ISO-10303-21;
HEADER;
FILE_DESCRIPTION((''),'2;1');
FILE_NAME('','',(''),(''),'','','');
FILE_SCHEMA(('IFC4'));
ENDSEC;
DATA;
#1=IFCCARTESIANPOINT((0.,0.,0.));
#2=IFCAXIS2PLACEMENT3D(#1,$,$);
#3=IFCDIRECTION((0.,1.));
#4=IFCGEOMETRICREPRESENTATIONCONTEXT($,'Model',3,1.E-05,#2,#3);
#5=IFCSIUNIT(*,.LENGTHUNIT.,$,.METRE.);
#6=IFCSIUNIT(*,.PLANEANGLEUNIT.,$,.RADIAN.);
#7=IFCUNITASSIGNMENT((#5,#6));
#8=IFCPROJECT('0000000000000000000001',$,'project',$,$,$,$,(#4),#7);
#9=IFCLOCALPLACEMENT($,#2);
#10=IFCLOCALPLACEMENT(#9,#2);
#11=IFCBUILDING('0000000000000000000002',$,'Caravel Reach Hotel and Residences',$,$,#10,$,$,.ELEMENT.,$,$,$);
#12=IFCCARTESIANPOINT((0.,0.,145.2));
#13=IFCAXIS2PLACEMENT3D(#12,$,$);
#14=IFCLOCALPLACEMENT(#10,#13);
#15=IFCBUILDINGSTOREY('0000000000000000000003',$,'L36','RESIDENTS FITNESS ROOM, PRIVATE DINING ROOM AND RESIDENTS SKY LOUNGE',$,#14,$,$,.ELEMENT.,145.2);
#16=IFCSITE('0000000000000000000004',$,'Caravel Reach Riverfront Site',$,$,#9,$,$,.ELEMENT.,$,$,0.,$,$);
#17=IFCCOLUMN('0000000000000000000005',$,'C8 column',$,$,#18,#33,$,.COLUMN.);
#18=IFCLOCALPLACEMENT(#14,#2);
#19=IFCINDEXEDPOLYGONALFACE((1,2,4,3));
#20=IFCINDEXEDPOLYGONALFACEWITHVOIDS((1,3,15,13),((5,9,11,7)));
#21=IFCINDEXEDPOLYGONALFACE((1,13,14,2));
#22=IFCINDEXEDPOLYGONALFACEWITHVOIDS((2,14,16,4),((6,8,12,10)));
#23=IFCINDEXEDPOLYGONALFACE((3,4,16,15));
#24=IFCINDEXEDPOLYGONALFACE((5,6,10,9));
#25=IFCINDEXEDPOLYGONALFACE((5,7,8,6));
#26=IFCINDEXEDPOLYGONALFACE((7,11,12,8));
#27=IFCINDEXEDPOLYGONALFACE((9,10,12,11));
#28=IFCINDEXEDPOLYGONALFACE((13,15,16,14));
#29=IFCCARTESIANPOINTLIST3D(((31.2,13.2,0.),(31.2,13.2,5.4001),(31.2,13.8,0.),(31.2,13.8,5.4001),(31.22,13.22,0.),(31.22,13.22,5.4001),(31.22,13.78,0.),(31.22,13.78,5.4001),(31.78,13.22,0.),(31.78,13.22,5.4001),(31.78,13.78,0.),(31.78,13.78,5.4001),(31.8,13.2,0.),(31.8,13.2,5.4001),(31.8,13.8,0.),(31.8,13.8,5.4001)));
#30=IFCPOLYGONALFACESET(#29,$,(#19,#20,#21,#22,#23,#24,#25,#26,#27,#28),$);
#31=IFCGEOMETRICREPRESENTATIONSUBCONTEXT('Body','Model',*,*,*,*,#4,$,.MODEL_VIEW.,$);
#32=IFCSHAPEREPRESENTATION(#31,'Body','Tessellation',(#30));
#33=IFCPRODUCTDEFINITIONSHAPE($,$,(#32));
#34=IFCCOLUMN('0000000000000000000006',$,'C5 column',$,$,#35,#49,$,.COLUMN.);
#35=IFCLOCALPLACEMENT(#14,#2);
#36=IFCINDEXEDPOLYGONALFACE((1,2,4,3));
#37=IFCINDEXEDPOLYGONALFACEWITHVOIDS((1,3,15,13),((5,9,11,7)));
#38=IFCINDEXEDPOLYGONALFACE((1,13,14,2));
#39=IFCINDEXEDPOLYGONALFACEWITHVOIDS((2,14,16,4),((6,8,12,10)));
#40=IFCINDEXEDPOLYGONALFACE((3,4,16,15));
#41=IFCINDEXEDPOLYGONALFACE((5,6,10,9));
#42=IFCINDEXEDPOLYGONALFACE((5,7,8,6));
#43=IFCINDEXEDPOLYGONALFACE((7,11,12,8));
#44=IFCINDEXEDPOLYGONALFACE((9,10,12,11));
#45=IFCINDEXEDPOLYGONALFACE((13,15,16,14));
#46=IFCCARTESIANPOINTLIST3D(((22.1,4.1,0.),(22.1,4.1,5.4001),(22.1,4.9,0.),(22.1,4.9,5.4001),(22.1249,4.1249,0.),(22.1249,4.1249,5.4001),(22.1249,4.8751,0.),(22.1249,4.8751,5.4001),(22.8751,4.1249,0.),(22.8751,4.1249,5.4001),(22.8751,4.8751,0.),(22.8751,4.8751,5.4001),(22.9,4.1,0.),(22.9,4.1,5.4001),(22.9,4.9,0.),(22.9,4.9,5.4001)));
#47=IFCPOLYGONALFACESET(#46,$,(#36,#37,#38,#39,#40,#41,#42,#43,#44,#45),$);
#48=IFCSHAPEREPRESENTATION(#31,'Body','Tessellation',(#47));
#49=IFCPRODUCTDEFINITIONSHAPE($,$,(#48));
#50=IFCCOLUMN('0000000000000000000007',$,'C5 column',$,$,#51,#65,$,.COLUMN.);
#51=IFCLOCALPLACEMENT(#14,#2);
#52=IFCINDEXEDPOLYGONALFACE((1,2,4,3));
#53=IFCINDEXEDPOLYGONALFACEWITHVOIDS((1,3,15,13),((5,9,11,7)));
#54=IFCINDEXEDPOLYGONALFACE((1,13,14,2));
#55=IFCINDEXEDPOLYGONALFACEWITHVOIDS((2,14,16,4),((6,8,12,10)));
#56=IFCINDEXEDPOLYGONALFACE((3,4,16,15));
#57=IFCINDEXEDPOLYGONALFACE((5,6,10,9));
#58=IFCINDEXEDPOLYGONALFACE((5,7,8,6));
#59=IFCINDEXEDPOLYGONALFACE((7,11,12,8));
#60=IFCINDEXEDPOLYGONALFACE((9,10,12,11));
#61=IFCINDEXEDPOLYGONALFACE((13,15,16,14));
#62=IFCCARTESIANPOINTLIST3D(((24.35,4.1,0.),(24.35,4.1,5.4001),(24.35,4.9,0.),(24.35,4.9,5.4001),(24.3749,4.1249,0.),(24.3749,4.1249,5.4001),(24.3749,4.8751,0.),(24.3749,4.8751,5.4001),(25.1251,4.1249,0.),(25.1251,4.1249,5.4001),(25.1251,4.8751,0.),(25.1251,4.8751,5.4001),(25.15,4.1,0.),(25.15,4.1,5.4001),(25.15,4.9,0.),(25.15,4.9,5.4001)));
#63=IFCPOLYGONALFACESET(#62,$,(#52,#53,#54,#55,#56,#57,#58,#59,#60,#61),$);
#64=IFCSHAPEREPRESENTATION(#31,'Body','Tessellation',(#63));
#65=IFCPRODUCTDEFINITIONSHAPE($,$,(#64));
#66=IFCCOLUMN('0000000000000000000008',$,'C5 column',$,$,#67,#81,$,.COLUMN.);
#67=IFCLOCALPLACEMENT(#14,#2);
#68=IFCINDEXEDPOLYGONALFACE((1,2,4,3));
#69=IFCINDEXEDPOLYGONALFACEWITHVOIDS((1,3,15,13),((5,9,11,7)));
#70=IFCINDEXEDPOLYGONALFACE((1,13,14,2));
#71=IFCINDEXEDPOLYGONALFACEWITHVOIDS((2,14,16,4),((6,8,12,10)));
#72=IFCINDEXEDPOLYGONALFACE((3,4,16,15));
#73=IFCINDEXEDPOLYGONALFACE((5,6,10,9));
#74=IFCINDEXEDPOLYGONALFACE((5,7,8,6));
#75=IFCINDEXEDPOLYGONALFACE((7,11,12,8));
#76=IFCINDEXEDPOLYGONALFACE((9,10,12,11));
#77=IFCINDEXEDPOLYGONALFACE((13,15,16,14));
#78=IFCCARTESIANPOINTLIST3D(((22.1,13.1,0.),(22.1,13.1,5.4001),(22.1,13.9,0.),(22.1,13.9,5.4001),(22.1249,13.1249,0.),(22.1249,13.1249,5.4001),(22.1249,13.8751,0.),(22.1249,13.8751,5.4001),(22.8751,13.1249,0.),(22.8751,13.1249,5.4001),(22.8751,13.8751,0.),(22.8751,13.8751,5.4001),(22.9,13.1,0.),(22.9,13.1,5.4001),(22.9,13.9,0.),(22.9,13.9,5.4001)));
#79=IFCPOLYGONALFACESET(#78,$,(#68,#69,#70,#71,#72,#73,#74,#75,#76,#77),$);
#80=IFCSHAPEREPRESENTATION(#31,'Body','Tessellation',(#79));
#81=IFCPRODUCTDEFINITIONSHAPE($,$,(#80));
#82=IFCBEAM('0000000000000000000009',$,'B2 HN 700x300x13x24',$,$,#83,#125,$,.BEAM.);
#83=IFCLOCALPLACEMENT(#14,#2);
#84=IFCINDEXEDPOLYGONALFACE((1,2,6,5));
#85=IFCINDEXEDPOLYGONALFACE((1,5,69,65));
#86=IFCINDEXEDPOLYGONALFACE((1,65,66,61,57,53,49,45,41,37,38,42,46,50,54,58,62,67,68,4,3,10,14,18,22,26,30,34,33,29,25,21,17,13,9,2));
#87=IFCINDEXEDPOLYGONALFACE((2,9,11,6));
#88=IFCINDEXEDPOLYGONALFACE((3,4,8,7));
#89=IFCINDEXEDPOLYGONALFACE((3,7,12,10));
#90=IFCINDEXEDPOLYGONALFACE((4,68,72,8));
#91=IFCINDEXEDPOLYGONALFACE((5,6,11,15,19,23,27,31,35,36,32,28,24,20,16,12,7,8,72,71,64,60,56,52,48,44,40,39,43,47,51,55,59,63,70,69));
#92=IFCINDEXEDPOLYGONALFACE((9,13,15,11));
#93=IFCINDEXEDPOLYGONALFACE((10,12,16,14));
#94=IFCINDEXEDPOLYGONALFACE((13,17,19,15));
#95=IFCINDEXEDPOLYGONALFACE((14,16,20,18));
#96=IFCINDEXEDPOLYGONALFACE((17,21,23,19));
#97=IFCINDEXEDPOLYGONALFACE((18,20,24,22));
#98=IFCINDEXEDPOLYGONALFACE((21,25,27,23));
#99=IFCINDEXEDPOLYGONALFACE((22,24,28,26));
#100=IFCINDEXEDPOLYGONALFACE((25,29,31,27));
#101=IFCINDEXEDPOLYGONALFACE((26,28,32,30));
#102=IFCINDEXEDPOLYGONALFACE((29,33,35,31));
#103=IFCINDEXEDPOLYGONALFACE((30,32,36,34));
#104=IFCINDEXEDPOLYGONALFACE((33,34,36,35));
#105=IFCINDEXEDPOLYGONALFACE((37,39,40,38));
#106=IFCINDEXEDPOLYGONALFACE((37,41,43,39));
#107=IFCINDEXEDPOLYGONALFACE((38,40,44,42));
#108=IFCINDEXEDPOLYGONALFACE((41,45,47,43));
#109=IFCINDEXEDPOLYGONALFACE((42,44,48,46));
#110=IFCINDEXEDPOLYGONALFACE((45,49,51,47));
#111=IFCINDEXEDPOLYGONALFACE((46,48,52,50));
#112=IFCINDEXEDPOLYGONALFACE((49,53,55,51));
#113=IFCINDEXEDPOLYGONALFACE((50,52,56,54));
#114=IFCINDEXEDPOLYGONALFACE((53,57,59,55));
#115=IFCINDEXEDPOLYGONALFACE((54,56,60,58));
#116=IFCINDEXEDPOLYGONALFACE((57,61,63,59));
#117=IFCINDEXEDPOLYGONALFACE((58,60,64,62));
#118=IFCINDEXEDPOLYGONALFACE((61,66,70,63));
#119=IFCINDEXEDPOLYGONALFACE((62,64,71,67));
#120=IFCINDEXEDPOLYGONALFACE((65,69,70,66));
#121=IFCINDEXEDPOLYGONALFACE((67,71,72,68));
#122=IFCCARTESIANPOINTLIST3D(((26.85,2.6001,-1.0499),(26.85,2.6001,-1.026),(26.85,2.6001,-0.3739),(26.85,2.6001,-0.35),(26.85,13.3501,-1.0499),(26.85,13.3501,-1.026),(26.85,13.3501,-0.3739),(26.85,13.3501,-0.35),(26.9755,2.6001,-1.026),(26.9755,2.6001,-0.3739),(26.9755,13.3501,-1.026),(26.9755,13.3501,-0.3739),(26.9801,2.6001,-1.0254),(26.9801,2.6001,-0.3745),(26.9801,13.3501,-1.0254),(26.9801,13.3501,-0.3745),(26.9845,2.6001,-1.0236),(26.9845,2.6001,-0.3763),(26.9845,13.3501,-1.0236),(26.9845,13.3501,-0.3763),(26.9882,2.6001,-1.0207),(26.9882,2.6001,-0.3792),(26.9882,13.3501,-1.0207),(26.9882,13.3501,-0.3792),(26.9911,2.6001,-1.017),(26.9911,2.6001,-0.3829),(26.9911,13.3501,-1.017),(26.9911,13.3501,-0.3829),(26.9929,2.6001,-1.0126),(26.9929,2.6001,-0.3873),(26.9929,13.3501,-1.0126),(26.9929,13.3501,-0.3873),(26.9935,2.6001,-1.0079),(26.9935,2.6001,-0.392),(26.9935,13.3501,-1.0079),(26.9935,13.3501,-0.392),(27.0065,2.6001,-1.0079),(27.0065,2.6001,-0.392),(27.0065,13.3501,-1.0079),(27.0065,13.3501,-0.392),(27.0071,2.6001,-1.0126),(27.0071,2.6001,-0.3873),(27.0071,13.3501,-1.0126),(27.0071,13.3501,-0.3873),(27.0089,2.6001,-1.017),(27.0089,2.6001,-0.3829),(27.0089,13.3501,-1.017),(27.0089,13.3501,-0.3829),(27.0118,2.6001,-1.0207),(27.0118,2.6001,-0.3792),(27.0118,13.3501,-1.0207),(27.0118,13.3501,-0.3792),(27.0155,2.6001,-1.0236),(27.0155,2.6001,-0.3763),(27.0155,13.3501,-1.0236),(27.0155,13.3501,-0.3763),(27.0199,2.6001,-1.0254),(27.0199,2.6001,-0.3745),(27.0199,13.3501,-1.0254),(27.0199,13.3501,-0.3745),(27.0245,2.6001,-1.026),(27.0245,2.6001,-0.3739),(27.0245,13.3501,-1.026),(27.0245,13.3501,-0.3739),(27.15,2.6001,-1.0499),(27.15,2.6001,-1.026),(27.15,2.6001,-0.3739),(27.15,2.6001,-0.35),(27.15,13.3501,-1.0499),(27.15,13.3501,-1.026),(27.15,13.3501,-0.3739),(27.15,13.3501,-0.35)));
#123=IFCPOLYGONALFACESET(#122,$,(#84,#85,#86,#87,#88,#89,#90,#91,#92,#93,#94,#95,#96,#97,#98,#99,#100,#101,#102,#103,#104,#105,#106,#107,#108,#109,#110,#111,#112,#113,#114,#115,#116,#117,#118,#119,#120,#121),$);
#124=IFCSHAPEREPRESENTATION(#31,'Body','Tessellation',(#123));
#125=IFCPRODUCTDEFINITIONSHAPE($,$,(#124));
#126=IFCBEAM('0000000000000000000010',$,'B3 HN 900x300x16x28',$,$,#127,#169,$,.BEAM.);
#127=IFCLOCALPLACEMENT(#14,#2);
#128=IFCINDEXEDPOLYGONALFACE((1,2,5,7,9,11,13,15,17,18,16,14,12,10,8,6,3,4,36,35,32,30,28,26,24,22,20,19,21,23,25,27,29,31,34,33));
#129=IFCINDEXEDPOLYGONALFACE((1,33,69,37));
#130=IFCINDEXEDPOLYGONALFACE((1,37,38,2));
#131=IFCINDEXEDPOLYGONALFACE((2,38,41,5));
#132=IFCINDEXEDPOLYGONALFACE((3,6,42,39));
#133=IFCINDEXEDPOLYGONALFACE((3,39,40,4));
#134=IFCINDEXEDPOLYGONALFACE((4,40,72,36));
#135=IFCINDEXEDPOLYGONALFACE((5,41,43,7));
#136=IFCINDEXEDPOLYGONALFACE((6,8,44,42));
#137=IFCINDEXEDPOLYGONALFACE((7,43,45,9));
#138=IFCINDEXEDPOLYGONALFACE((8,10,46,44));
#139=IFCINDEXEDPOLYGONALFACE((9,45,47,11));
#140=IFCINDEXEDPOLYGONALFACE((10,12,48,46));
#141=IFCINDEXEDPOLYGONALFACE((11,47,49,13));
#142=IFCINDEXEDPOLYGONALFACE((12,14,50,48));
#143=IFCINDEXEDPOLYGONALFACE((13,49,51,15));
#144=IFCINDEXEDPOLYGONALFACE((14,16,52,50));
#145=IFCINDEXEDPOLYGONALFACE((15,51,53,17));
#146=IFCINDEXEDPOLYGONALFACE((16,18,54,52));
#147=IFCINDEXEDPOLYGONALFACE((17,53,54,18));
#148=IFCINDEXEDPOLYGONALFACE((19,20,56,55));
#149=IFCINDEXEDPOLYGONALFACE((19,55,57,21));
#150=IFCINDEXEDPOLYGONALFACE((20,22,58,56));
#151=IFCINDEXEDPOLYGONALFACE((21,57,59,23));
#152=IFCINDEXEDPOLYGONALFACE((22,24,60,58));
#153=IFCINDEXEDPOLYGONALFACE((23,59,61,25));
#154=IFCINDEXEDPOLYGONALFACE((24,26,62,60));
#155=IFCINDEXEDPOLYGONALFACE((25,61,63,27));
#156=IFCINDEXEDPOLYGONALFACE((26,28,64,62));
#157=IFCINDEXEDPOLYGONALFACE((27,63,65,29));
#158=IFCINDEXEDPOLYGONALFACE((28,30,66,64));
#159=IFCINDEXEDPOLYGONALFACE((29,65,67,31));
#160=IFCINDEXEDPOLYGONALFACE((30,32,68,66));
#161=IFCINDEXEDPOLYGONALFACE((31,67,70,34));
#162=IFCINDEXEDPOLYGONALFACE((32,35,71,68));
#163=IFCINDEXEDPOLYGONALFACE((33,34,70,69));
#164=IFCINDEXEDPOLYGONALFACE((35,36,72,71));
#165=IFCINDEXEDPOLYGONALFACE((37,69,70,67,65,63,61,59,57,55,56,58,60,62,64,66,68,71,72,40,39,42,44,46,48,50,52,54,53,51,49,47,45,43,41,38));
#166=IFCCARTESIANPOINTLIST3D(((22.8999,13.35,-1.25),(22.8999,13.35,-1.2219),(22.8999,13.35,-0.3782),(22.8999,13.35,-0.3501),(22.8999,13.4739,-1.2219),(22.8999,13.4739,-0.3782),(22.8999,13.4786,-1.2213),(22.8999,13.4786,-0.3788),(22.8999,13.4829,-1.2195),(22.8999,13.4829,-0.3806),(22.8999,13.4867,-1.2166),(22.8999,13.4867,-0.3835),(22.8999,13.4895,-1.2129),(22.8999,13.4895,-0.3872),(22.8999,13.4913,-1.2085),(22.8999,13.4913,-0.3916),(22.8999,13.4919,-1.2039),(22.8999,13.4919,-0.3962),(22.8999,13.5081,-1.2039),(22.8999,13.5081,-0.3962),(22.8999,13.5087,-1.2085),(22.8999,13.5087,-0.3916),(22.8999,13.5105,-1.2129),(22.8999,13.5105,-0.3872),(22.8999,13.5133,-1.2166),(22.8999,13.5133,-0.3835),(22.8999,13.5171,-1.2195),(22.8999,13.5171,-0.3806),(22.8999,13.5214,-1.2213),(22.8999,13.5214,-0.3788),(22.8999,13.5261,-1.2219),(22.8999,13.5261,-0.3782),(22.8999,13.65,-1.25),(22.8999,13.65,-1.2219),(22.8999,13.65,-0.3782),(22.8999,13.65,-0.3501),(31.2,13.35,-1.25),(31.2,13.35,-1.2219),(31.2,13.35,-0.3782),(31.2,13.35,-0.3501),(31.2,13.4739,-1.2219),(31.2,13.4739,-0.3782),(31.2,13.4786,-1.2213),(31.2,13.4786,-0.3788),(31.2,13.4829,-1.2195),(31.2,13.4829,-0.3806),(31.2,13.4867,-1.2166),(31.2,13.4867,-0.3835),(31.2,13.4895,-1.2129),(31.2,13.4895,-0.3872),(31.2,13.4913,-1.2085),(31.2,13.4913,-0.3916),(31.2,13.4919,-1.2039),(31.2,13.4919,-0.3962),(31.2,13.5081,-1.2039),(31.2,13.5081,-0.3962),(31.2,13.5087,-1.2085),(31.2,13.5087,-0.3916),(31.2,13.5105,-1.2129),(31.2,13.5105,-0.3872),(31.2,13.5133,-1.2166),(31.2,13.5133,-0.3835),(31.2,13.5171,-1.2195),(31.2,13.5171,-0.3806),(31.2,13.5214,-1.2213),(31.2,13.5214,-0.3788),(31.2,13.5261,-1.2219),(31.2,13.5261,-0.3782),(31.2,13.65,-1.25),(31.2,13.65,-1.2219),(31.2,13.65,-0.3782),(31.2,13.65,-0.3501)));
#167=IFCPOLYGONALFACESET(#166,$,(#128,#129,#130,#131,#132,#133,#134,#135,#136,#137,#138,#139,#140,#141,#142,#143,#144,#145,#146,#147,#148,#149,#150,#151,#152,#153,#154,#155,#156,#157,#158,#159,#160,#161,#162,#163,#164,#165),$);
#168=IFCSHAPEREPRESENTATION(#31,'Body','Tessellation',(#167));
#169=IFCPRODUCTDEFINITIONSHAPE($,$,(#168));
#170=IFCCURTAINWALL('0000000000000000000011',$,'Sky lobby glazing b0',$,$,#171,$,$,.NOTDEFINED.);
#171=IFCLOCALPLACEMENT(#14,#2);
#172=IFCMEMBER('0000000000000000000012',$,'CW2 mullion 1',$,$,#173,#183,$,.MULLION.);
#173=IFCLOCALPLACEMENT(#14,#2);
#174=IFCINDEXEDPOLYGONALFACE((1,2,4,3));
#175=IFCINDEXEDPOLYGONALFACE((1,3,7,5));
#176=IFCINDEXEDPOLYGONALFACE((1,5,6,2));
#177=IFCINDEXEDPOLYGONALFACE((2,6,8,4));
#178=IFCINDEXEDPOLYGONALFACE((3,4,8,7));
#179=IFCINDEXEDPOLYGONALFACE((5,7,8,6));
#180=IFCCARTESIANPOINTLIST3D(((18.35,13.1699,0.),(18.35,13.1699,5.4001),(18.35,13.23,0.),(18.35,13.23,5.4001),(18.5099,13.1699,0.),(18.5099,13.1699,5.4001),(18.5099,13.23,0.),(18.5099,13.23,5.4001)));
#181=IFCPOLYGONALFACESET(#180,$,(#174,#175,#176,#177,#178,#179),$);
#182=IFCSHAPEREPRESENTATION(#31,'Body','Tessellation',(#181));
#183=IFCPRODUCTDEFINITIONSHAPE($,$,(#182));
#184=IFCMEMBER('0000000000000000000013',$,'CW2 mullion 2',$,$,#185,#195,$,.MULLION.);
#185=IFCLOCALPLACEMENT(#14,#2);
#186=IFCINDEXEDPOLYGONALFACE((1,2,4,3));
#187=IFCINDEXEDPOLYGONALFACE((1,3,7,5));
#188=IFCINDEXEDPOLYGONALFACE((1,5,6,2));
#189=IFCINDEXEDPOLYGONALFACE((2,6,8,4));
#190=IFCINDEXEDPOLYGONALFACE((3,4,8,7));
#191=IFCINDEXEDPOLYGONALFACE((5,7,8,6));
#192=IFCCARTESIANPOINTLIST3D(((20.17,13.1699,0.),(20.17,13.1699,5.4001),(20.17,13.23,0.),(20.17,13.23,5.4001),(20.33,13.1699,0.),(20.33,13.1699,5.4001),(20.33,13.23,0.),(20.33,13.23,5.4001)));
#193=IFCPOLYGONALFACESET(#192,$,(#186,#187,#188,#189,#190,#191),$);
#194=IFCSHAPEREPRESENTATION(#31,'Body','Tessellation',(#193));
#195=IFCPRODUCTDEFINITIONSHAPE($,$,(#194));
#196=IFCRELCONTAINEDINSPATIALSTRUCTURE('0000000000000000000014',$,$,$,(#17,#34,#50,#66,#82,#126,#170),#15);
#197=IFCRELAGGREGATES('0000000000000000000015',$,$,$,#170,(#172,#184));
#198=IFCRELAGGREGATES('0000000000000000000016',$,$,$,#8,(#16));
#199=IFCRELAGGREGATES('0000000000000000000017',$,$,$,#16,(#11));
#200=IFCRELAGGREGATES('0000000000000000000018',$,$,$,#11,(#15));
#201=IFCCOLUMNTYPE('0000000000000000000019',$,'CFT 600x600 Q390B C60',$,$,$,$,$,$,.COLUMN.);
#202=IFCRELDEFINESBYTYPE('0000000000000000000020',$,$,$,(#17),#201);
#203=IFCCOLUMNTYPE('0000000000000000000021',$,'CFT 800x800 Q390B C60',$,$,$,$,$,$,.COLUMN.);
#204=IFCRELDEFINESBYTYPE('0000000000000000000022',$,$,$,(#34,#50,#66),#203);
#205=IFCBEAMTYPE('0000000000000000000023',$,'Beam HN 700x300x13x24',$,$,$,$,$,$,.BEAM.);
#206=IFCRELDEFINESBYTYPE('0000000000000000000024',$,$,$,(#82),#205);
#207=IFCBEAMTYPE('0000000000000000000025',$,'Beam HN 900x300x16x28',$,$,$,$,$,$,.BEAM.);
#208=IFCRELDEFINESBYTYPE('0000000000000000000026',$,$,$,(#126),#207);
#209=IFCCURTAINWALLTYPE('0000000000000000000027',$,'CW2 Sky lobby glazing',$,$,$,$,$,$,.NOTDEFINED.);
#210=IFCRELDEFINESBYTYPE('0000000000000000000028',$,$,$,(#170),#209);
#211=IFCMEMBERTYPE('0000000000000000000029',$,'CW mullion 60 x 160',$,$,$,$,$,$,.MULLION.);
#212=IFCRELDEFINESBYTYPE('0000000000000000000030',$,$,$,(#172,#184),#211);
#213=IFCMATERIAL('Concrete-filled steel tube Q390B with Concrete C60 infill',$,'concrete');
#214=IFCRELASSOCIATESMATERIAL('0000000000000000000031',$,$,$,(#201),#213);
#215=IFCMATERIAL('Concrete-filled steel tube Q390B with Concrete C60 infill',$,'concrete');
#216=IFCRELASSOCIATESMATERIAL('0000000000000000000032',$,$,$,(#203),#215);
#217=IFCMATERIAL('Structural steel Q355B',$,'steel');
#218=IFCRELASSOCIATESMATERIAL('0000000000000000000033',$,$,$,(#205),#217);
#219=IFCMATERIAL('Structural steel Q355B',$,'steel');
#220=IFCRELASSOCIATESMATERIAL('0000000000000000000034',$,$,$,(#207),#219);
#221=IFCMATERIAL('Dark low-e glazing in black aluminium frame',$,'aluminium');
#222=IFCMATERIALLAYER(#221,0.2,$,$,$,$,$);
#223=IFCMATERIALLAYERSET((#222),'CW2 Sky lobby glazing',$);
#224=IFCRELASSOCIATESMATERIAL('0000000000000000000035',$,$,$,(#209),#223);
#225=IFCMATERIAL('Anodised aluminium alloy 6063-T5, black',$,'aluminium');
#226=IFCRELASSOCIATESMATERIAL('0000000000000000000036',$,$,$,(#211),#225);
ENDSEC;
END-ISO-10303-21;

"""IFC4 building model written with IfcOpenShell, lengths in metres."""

from ifc_helpers import new_model, si_unit, direction, frame, origin, origin_2d, place, context, subcontext, project, spatial, rectangle, hollow_rectangle, i_section, extrude, material, layer, layer_set, material_profile, profile_set, type_object, element, aggregate, save


model = new_model("IFC4")

# Units and contexts
model_context = context("Model", 3, precision=1e-05, world=origin(), true_north=direction((0.0, 1.0)))
body_context = subcontext(model_context, "Body", "Model", "MODEL_VIEW")
ifc_project = project(units=[si_unit("LENGTHUNIT", "METRE"), si_unit("PLANEANGLEUNIT", "RADIAN")], contexts=[model_context])

# Site, building, storey
site_placement = place(None, origin())
site = spatial("IfcSite", under=ifc_project, at=site_placement, Name="Caravel Reach Riverfront Site", CompositionType="ELEMENT", RefElevation=0.0)
building_placement = place(site_placement, origin())
building = spatial("IfcBuilding", under=site, at=building_placement, Name="Caravel Reach Hotel and Residences", CompositionType="ELEMENT")
storey_placement = place(building_placement, frame((0.0, 0.0, 145.2)))
storey = spatial("IfcBuildingStorey", under=building, at=storey_placement, Name="L36", Description="RESIDENTS FITNESS ROOM, PRIVATE DINING ROOM AND RESIDENTS SKY LOUNGE", CompositionType="ELEMENT", Elevation=145.2)

# Columns
ifc_material_1 = material(Name="Concrete-filled steel tube Q390B with Concrete C60 infill", Category="concrete")
ifc_material_profile_1 = material_profile(ifc_material_1, hollow_rectangle(XDim=0.6001, YDim=0.6001, WallThickness=0.02, at=origin_2d()), Name="RHS 600x600x20")
ifc_profile_set_1 = profile_set([ifc_material_profile_1], Name="Concrete-filled steel tube Q390B with Concrete C60 infill")
column_type_1 = type_object("IfcColumnType", Name="CFT 600x600 Q390B C60", PredefinedType="COLUMN", material=ifc_profile_set_1)
column_placement = place(storey_placement, frame((31.5, 13.5, 0.0), z_axis=(0.0, 0.0, 1.0), x_axis=(1.0, 0.0, 0.0)))
element("IfcColumn", 1, at=column_placement, inside=storey, type_object=column_type_1, Name="C8 column", PredefinedType="COLUMN", context=body_context, shape_type="SweptSolid", body=[
    extrude(hollow_rectangle(XDim=0.6001, YDim=0.6001, WallThickness=0.02, at=origin_2d()), origin(), (0.0, 0.0, 1.0), 5.4001),
])
ifc_material_2 = material(Name="Concrete-filled steel tube Q390B with Concrete C60 infill", Category="concrete")
ifc_material_profile_2 = material_profile(ifc_material_2, hollow_rectangle(XDim=0.8, YDim=0.8, WallThickness=0.0249, at=origin_2d()), Name="RHS 800x800x25")
ifc_profile_set_2 = profile_set([ifc_material_profile_2], Name="Concrete-filled steel tube Q390B with Concrete C60 infill")
column_type_2 = type_object("IfcColumnType", Name="CFT 800x800 Q390B C60", PredefinedType="COLUMN", material=ifc_profile_set_2)
for number, where, z_axis, x_axis, name in (
    (2, (22.5, 4.5, 0.0), (0.0, 0.0, 1.0), (1.0, 0.0, 0.0), "C5 column"),
    (3, (24.75, 4.5, 0.0), (0.0, 0.0, 1.0), (1.0, 0.0, 0.0), "C5 column"),
    (4, (22.5, 13.5, 0.0), (0.0, 0.0, 1.0), (1.0, 0.0, 0.0), "C5 column"),
):
    element("IfcColumn", number, at=place(storey_placement, frame(where, z_axis=z_axis, x_axis=x_axis)), inside=storey, type_object=column_type_2, Name=name, PredefinedType="COLUMN", context=body_context, shape_type="SweptSolid", body=[
        extrude(hollow_rectangle(XDim=0.8, YDim=0.8, WallThickness=0.0249, at=origin_2d()), origin(), (0.0, 0.0, 1.0), 5.4001),
    ])

# Beams
ifc_material_3 = material(Name="Structural steel Q355B", Category="steel")
ifc_material_profile_3 = material_profile(ifc_material_3, i_section(OverallWidth=0.3, OverallDepth=0.7, WebThickness=0.0129, FlangeThickness=0.0239, FilletRadius=0.0181, at=origin_2d()), Name="HN 700x300x13x24")
ifc_profile_set_3 = profile_set([ifc_material_profile_3], Name="Structural steel Q355B")
beam_type_1 = type_object("IfcBeamType", Name="Beam HN 700x300x13x24", PredefinedType="BEAM", material=ifc_profile_set_3)
beam_1_placement = place(storey_placement, frame((27.0, 13.3501, -0.7), z_axis=(0.0, -1.0, 0.0), x_axis=(1.0, 0.0, 0.0)))
element("IfcBeam", 5, at=beam_1_placement, inside=storey, type_object=beam_type_1, Name="B2 HN 700x300x13x24", PredefinedType="BEAM", context=body_context, shape_type="SweptSolid", body=[
    extrude(i_section(OverallWidth=0.3, OverallDepth=0.7, WebThickness=0.0129, FlangeThickness=0.0239, FilletRadius=0.0181, at=origin_2d()), origin(), (0.0, 0.0, 1.0), 10.75),
])
ifc_material_4 = material(Name="Structural steel Q355B", Category="steel")
ifc_material_profile_4 = material_profile(ifc_material_4, i_section(OverallWidth=0.3, OverallDepth=0.8999, WebThickness=0.0161, FlangeThickness=0.0281, FilletRadius=0.0181, at=origin_2d()), Name="HN 900x300x16x28")
ifc_profile_set_4 = profile_set([ifc_material_profile_4], Name="Structural steel Q355B")
beam_type_2 = type_object("IfcBeamType", Name="Beam HN 900x300x16x28", PredefinedType="BEAM", material=ifc_profile_set_4)
beam_2_placement = place(storey_placement, frame((22.8999, 13.5, -0.8), z_axis=(1.0, 0.0, 0.0), x_axis=(0.0, 1.0, 0.0)))
element("IfcBeam", 6, at=beam_2_placement, inside=storey, type_object=beam_type_2, Name="B3 HN 900x300x16x28", PredefinedType="BEAM", context=body_context, shape_type="SweptSolid", body=[
    extrude(i_section(OverallWidth=0.3, OverallDepth=0.8999, WebThickness=0.0161, FlangeThickness=0.0281, FilletRadius=0.0181, at=origin_2d()), origin(), (0.0, 0.0, 1.0), 8.3),
])

# Curtain wall, members
ifc_material_5 = material(Name="Dark low-e glazing in black aluminium frame", Category="aluminium")
ifc_layer_1 = layer(ifc_material_5, 0.2)
ifc_layer_set_1 = layer_set([ifc_layer_1], Name="CW2 Sky lobby glazing")
curtain_wall_type = type_object("IfcCurtainWallType", Name="CW2 Sky lobby glazing", PredefinedType="NOTDEFINED", material=ifc_layer_set_1)
curtain_wall_1_placement = place(storey_placement, origin())
curtain_wall_1 = element("IfcCurtainWall", 7, at=curtain_wall_1_placement, inside=storey, type_object=curtain_wall_type, Name="Sky lobby glazing b0", PredefinedType="NOTDEFINED")
ifc_material_6 = material(Name="Anodised aluminium alloy 6063-T5, black", Category="aluminium")
ifc_material_profile_5 = material_profile(ifc_material_6, rectangle(XDim=0.0601, YDim=0.1599, at=origin_2d()), Name="CW mullion 60 x 160")
ifc_profile_set_5 = profile_set([ifc_material_profile_5], Name="Anodised aluminium alloy 6063-T5, black")
member_type_1 = type_object("IfcMemberType", Name="CW mullion 60 x 160", PredefinedType="MULLION", material=ifc_profile_set_5)
member_1_placement = place(storey_placement, frame((18.4299, 13.2, 0.0), z_axis=(0.0, 0.0, 1.0), x_axis=(0.0, 1.0, 0.0)))
member_1 = element("IfcMember", 8, at=member_1_placement, type_object=member_type_1, Name="CW2 mullion 1", PredefinedType="MULLION", context=body_context, shape_type="SweptSolid", body=[
    extrude(rectangle(XDim=0.0601, YDim=0.1599, at=origin_2d()), origin(), (0.0, 0.0, 1.0), 5.4001),
])
member_2_placement = place(storey_placement, frame((20.25, 13.2, 0.0), z_axis=(0.0, 0.0, 1.0), x_axis=(0.0, 1.0, 0.0)))
member_2 = element("IfcMember", 9, at=member_2_placement, type_object=member_type_1, Name="CW2 mullion 2", PredefinedType="MULLION", context=body_context, shape_type="SweptSolid", body=[
    extrude(rectangle(XDim=0.0601, YDim=0.1599, at=origin_2d()), origin(), (0.0, 0.0, 1.0), 5.4001),
])

aggregate(curtain_wall_1, [member_1, member_2])

save(model, "model.ifc")
